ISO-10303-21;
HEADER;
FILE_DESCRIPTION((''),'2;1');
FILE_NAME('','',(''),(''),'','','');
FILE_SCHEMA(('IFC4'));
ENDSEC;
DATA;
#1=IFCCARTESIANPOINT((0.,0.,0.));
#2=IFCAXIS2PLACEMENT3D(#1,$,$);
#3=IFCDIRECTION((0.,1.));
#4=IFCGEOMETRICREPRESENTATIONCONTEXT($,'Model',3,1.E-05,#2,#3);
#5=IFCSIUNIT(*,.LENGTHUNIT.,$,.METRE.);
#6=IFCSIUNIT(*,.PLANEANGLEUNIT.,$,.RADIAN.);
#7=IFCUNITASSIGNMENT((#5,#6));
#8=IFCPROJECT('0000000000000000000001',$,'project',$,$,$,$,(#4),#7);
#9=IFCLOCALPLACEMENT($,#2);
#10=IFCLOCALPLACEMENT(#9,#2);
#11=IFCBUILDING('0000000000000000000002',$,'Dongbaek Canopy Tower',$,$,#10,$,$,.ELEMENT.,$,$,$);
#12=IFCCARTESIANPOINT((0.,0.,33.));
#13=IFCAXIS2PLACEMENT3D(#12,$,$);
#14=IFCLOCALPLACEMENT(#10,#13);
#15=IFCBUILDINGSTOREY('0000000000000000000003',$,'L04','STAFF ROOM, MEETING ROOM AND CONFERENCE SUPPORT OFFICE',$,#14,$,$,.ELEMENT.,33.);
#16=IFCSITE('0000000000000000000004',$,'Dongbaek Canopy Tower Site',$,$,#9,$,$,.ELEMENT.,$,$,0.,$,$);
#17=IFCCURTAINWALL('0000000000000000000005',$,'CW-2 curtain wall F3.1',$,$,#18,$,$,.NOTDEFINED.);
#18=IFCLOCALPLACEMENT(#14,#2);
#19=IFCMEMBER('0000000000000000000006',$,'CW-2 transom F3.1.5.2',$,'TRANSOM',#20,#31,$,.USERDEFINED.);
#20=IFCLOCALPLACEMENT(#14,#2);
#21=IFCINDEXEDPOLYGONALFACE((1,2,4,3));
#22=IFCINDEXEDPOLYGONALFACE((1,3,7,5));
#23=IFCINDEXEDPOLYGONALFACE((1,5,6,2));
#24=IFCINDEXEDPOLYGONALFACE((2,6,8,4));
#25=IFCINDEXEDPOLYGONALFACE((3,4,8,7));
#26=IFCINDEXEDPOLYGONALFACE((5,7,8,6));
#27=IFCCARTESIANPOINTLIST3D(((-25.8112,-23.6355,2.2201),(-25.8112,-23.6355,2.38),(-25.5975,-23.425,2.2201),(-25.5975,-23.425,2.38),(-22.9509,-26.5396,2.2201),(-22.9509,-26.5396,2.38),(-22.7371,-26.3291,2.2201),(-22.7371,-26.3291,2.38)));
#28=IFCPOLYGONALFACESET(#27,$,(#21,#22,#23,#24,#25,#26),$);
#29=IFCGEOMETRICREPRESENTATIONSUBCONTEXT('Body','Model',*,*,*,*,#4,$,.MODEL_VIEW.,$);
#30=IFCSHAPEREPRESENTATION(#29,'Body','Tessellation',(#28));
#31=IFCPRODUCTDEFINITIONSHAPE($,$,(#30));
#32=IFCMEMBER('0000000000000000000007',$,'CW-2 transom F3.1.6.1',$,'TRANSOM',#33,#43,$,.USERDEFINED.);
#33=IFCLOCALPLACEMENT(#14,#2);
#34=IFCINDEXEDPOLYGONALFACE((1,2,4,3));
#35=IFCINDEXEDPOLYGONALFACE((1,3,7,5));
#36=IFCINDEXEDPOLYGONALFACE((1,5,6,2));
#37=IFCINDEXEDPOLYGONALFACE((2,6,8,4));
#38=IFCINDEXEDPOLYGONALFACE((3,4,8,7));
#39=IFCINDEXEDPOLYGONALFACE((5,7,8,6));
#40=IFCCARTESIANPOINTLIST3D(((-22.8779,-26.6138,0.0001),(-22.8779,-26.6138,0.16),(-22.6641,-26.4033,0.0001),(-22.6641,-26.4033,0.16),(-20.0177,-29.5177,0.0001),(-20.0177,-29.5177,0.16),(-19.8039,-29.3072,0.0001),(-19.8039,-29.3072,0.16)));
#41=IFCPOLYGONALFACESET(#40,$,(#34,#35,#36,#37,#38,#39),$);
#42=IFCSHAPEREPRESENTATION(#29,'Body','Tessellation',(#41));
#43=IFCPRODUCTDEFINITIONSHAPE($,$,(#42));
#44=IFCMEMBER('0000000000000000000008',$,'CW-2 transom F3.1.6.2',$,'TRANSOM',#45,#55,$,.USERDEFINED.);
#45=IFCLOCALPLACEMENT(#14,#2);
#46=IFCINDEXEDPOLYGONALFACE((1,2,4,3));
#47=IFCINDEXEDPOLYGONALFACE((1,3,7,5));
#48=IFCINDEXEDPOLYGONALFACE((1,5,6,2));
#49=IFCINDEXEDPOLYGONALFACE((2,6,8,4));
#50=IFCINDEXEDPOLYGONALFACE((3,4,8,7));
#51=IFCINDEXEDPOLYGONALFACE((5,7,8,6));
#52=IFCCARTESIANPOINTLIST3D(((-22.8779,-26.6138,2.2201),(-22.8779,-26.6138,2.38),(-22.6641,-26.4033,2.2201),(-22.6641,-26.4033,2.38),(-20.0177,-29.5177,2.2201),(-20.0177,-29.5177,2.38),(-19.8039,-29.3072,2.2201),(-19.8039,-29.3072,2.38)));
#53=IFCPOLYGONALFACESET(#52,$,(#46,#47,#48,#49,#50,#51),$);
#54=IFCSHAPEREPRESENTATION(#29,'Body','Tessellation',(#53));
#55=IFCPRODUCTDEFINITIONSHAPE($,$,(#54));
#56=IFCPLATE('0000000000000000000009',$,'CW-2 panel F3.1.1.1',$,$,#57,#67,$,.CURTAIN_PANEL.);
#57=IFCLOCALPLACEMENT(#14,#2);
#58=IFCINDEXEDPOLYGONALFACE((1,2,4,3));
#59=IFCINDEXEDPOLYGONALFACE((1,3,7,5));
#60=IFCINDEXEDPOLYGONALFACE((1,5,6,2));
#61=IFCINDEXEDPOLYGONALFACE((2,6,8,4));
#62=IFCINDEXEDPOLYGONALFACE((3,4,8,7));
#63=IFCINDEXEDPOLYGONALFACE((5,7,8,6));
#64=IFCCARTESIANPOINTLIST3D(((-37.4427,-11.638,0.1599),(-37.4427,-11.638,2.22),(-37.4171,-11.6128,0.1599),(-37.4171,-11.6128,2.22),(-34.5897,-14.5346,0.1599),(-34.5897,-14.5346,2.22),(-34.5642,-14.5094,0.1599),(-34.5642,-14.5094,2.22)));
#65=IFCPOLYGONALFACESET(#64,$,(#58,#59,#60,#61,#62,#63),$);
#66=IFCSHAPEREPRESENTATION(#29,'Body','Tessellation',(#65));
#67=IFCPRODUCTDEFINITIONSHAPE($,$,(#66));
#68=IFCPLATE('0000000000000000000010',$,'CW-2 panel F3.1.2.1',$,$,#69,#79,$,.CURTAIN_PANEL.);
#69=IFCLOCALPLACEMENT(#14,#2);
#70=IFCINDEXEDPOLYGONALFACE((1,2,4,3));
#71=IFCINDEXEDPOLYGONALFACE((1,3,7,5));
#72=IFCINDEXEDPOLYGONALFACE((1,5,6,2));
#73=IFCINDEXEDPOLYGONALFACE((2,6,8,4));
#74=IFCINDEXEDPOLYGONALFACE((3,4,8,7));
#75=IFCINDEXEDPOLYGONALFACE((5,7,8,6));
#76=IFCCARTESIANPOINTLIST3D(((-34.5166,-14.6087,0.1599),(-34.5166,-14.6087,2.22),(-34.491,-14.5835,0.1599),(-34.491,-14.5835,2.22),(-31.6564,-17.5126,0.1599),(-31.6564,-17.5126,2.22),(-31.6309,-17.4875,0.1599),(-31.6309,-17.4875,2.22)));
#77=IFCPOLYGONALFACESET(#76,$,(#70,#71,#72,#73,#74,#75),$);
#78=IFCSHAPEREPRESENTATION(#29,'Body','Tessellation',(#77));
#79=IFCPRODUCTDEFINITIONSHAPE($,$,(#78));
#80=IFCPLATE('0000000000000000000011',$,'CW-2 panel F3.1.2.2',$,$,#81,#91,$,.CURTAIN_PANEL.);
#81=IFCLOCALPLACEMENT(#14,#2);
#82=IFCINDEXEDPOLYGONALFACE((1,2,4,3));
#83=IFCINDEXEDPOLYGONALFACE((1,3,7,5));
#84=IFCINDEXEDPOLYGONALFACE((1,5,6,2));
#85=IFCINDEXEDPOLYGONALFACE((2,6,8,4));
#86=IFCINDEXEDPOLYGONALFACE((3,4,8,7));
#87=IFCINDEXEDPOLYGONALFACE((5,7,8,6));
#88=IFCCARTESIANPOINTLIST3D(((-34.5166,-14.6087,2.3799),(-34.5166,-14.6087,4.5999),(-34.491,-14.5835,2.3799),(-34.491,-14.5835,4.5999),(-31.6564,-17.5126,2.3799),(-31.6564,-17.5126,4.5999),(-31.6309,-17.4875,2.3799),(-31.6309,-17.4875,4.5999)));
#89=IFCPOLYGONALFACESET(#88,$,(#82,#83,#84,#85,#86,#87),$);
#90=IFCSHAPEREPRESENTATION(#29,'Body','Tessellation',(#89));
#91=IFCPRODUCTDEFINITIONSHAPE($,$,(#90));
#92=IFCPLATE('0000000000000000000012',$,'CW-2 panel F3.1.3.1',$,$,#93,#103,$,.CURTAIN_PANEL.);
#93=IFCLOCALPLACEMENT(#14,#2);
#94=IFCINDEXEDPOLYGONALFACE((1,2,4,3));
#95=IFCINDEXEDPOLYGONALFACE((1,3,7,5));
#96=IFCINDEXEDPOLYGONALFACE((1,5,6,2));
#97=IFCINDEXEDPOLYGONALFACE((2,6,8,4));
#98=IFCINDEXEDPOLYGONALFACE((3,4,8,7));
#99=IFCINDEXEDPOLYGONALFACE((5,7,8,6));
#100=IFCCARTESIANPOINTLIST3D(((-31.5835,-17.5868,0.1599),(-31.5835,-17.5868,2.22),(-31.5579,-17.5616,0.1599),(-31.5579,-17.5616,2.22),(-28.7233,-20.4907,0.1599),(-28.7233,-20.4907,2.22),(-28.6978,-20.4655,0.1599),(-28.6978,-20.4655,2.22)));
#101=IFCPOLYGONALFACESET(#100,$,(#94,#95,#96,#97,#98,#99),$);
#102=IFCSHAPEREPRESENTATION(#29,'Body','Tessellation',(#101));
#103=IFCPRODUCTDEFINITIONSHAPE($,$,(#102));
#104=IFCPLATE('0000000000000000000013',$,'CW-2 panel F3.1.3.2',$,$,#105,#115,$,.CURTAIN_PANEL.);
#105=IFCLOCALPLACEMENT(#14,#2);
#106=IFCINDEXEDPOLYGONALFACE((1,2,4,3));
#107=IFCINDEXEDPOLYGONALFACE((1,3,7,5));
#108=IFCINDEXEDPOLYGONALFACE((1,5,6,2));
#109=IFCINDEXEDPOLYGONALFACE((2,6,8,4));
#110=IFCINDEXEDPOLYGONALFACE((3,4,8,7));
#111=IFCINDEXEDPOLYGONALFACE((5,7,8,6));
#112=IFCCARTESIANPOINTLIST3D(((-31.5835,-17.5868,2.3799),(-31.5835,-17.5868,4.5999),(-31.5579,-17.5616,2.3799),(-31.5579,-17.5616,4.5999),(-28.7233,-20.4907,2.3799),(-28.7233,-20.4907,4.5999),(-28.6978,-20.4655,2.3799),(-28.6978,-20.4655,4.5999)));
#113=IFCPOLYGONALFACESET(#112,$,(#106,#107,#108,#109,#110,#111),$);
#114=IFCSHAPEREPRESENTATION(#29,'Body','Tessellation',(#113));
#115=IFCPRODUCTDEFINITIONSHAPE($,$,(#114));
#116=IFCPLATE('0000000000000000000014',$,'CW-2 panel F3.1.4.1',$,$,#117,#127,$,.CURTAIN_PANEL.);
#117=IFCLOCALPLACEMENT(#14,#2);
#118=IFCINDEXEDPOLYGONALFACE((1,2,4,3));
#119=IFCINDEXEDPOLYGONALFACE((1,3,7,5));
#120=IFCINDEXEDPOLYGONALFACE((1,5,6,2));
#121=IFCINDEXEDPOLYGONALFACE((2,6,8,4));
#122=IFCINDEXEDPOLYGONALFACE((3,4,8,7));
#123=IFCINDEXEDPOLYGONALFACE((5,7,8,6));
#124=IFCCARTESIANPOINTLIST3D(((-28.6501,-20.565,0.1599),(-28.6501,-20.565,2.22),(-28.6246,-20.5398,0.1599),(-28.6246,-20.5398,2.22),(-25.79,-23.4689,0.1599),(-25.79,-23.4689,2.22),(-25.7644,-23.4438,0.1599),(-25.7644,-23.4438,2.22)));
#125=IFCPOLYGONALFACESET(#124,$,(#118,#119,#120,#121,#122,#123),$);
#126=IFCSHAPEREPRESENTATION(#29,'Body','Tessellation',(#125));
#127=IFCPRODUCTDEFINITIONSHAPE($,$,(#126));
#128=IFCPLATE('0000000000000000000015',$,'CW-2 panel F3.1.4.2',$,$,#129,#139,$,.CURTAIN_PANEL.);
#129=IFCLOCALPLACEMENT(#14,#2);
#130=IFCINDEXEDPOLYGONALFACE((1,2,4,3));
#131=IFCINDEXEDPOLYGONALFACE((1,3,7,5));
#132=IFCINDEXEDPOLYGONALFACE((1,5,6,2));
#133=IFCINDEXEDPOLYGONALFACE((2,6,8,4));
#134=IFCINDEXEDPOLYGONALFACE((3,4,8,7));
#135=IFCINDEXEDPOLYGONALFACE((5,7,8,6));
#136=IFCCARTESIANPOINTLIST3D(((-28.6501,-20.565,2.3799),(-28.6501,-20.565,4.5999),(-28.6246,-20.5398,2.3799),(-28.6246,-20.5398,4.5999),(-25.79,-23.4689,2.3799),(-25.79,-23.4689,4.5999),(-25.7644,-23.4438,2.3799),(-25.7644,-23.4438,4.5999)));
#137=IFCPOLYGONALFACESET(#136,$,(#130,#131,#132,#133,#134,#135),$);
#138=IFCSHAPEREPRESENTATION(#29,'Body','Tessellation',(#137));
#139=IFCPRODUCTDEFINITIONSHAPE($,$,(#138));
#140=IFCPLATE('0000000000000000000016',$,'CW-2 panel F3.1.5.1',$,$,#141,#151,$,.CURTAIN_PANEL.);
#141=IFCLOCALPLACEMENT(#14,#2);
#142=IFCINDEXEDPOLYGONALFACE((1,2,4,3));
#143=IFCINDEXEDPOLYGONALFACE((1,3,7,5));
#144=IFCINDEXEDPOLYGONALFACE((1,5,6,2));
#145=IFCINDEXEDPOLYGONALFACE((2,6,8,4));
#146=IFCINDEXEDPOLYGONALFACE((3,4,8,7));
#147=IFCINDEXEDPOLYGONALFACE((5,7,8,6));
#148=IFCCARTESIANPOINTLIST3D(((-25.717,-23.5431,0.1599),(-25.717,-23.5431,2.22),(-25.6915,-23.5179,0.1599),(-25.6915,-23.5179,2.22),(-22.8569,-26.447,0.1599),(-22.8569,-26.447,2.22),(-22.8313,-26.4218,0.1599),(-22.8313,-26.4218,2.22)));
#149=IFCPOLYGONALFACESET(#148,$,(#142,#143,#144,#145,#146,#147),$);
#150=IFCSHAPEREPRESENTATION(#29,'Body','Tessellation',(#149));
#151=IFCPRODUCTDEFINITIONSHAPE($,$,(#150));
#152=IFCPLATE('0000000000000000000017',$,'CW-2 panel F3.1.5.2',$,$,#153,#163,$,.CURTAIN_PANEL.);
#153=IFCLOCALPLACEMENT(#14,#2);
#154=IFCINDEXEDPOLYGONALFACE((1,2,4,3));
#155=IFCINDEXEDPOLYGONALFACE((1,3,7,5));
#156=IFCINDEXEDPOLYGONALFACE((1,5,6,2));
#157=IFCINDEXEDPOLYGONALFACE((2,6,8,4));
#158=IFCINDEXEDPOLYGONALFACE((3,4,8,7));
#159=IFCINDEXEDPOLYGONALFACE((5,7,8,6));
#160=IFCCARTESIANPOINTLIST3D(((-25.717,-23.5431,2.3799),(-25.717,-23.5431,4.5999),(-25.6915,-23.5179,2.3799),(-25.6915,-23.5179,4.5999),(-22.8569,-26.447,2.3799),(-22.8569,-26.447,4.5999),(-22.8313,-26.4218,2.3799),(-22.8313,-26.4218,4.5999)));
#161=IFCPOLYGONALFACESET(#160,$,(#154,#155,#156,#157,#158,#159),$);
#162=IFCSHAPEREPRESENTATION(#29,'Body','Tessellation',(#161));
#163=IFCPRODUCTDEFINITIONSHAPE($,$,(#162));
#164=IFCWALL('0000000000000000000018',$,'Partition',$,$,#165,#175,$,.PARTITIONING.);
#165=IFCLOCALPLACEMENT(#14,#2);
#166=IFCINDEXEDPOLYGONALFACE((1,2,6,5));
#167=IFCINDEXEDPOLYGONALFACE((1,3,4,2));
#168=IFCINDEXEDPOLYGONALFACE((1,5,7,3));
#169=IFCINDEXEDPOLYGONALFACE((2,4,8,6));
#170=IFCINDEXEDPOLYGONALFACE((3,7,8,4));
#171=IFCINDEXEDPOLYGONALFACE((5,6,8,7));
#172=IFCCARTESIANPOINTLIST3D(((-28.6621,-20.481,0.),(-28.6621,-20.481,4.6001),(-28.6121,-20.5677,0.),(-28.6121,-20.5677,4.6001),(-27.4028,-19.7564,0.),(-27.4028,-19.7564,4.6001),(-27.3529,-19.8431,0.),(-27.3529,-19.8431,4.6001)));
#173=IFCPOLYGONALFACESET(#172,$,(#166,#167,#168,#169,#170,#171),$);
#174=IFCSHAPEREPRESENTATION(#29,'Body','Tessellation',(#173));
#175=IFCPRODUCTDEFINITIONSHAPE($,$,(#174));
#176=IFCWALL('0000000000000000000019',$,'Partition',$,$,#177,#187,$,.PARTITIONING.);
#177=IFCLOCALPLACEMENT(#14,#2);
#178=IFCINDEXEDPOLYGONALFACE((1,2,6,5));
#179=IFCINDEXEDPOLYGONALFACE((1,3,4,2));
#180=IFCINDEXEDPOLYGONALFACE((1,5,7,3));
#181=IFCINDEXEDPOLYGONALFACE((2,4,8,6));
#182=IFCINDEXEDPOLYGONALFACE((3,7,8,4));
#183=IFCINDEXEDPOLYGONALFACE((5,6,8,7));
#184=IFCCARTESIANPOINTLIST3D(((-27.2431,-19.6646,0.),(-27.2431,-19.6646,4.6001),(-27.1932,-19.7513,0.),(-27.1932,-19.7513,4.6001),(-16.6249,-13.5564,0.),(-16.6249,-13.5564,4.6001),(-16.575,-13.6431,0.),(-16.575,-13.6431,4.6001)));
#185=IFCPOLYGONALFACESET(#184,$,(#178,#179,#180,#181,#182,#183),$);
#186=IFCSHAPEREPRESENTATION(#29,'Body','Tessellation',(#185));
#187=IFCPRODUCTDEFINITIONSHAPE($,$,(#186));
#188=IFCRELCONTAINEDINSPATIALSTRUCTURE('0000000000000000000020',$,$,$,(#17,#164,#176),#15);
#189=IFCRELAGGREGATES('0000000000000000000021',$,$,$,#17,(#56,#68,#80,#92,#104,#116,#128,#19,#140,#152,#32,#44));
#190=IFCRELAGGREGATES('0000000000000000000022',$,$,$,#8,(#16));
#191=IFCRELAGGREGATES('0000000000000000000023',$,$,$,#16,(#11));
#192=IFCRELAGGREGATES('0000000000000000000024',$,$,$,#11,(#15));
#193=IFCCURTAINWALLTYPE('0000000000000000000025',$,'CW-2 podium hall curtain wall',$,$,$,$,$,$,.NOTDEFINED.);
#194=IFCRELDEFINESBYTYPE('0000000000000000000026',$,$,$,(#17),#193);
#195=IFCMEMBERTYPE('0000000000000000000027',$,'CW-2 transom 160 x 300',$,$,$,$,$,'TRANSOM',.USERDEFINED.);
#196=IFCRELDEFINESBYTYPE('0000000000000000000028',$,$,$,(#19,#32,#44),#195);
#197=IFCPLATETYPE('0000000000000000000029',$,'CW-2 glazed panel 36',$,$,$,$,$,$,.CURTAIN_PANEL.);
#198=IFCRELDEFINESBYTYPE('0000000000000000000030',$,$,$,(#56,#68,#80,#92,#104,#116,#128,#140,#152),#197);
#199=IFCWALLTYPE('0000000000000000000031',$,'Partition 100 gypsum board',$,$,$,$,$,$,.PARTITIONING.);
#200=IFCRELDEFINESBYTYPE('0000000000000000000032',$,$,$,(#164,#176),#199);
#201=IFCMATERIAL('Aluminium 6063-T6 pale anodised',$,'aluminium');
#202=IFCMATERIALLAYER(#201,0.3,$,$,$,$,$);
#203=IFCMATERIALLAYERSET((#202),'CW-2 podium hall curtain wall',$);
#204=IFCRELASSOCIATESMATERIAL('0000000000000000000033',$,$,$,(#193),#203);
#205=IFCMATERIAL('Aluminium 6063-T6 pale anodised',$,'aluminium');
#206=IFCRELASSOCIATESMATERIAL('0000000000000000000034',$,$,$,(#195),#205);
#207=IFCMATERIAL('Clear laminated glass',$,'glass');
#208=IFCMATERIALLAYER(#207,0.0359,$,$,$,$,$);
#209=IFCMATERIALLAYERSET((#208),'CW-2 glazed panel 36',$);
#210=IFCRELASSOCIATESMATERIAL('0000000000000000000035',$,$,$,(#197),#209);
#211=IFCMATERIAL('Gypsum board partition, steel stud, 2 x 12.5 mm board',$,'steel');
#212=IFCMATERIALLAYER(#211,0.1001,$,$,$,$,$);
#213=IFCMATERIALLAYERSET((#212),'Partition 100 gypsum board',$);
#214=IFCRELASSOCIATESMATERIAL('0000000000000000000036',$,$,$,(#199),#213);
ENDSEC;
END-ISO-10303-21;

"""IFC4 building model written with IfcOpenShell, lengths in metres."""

from ifc_helpers import new_model, si_unit, direction, frame, frame_2d, origin, origin_2d, place, context, subcontext, project, spatial, rectangle, extrude, material, layer, layer_set, material_profile, profile_set, type_object, element, aggregate, save


model = new_model("IFC4")

# Units and contexts
model_context = context("Model", 3, precision=1e-05, world=origin(), true_north=direction((0.0, 1.0)))
body_context = subcontext(model_context, "Body", "Model", "MODEL_VIEW")
ifc_project = project(units=[si_unit("LENGTHUNIT", "METRE"), si_unit("PLANEANGLEUNIT", "RADIAN")], contexts=[model_context])

# Site, building, storey
site_placement = place(None, origin())
site = spatial("IfcSite", under=ifc_project, at=site_placement, Name="Dongbaek Canopy Tower Site", CompositionType="ELEMENT", RefElevation=0.0)
building_placement = place(site_placement, origin())
building = spatial("IfcBuilding", under=site, at=building_placement, Name="Dongbaek Canopy Tower", CompositionType="ELEMENT")
storey_placement = place(building_placement, frame((0.0, 0.0, 33.0)))
storey = spatial("IfcBuildingStorey", under=building, at=storey_placement, Name="L04", Description="STAFF ROOM, MEETING ROOM AND CONFERENCE SUPPORT OFFICE", CompositionType="ELEMENT", Elevation=33.0)

# Curtain wall, members, plates
ifc_material_1 = material(Name="Aluminium 6063-T6 pale anodised", Category="aluminium")
ifc_layer_1 = layer(ifc_material_1, 0.3)
ifc_layer_set_1 = layer_set([ifc_layer_1], Name="CW-2 podium hall curtain wall")
curtain_wall_type = type_object("IfcCurtainWallType", Name="CW-2 podium hall curtain wall", PredefinedType="NOTDEFINED", material=ifc_layer_set_1)
curtain_wall_placement = place(storey_placement, origin())
curtain_wall = element("IfcCurtainWall", 1, at=curtain_wall_placement, inside=storey, type_object=curtain_wall_type, Name="CW-2 curtain wall F3.1", PredefinedType="NOTDEFINED")
ifc_material_2 = material(Name="Aluminium 6063-T6 pale anodised", Category="aluminium")
ifc_material_profile_1 = material_profile(ifc_material_2, rectangle(XDim=0.3, YDim=0.1599, at=origin_2d()), Name="CW-2 transom 160 x 300")
ifc_profile_set_1 = profile_set([ifc_material_profile_1], Name="Aluminium 6063-T6 pale anodised")
member_type_1 = type_object("IfcMemberType", Name="CW-2 transom 160 x 300", ElementType="TRANSOM", PredefinedType="USERDEFINED", material=ifc_profile_set_1)
member_1_placement = place(storey_placement, frame((-25.7043, -23.5303, 2.3), z_axis=(0.701726, -0.712447, 0.0), x_axis=(0.712447, 0.701726, 0.0)))
member_1 = element("IfcMember", 2, at=member_1_placement, type_object=member_type_1, Name="CW-2 transom F3.1.5.2", ObjectType="TRANSOM", PredefinedType="USERDEFINED", context=body_context, shape_type="SweptSolid", body=[
    extrude(rectangle(XDim=0.3, YDim=0.1599, at=origin_2d()), origin(), (0.0, 0.0, 1.0), 4.0762),
])
member_2_placement = place(storey_placement, frame((-22.771, -26.5085, 0.0801), z_axis=(0.701725, -0.712447, 0.0), x_axis=(0.712447, 0.701725, 0.0)))
member_2 = element("IfcMember", 3, at=member_2_placement, type_object=member_type_1, Name="CW-2 transom F3.1.6.1", ObjectType="TRANSOM", PredefinedType="USERDEFINED", context=body_context, shape_type="SweptSolid", body=[
    extrude(rectangle(XDim=0.3, YDim=0.1599, at=origin_2d()), origin(), (0.0, 0.0, 1.0), 4.0759),
])
member_3_placement = place(storey_placement, frame((-22.771, -26.5085, 2.3), z_axis=(0.701725, -0.712447, 0.0), x_axis=(0.712447, 0.701725, 0.0)))
member_3 = element("IfcMember", 4, at=member_3_placement, type_object=member_type_1, Name="CW-2 transom F3.1.6.2", ObjectType="TRANSOM", PredefinedType="USERDEFINED", context=body_context, shape_type="SweptSolid", body=[
    extrude(rectangle(XDim=0.3, YDim=0.1599, at=origin_2d()), origin(), (0.0, 0.0, 1.0), 4.0759),
])
ifc_material_3 = material(Name="Clear laminated glass", Category="glass")
ifc_layer_2 = layer(ifc_material_3, 0.0359)
ifc_layer_set_2 = layer_set([ifc_layer_2], Name="CW-2 glazed panel 36")
plate_type = type_object("IfcPlateType", Name="CW-2 glazed panel 36", PredefinedType="CURTAIN_PANEL", material=ifc_layer_set_2)
plate_1_placement = place(storey_placement, frame((-36.0034, -13.0737, 0.1599), z_axis=(0.0, 0.0, 1.0), x_axis=(0.701718, -0.712455, 0.0)))
plate_1 = element("IfcPlate", 5, at=plate_1_placement, type_object=plate_type, Name="CW-2 panel F3.1.1.1", PredefinedType="CURTAIN_PANEL", context=body_context, shape_type="SweptSolid", body=[
    extrude(rectangle(XDim=4.0657, YDim=0.0359, at=origin_2d()), origin(), (0.0, 0.0, 1.0), 2.0601),
])
plate_2_placement = place(storey_placement, frame((-33.0737, -16.0481, 0.1599), z_axis=(0.0, 0.0, 1.0), x_axis=(0.701718, -0.712455, 0.0)))
plate_2 = element("IfcPlate", 6, at=plate_2_placement, type_object=plate_type, Name="CW-2 panel F3.1.2.1", PredefinedType="CURTAIN_PANEL", context=body_context, shape_type="SweptSolid", body=[
    extrude(rectangle(XDim=4.0759, YDim=0.0359, at=origin_2d()), origin(), (0.0, 0.0, 1.0), 2.0601),
])
plate_3_placement = place(storey_placement, frame((-33.0737, -16.0481, 2.3799), z_axis=(0.0, 0.0, 1.0), x_axis=(0.701718, -0.712455, 0.0)))
plate_3 = element("IfcPlate", 7, at=plate_3_placement, type_object=plate_type, Name="CW-2 panel F3.1.2.2", PredefinedType="CURTAIN_PANEL", context=body_context, shape_type="SweptSolid", body=[
    extrude(rectangle(XDim=4.0759, YDim=0.0359, at=origin_2d()), origin(), (0.0, 0.0, 1.0), 2.22),
])
plate_4_placement = place(storey_placement, frame((-30.1406, -19.0261, 0.1599), z_axis=(0.0, 0.0, 1.0), x_axis=(0.701718, -0.712455, 0.0)))
plate_4 = element("IfcPlate", 8, at=plate_4_placement, type_object=plate_type, Name="CW-2 panel F3.1.3.1", PredefinedType="CURTAIN_PANEL", context=body_context, shape_type="SweptSolid", body=[
    extrude(rectangle(XDim=4.0759, YDim=0.0359, at=origin_2d()), origin(), (0.0, 0.0, 1.0), 2.0601),
])
plate_5_placement = place(storey_placement, frame((-30.1406, -19.0261, 2.3799), z_axis=(0.0, 0.0, 1.0), x_axis=(0.701718, -0.712455, 0.0)))
plate_5 = element("IfcPlate", 9, at=plate_5_placement, type_object=plate_type, Name="CW-2 panel F3.1.3.2", PredefinedType="CURTAIN_PANEL", context=body_context, shape_type="SweptSolid", body=[
    extrude(rectangle(XDim=4.0759, YDim=0.0359, at=origin_2d()), origin(), (0.0, 0.0, 1.0), 2.22),
])
plate_6_placement = place(storey_placement, frame((-27.2073, -22.0044, 0.1599), z_axis=(0.0, 0.0, 1.0), x_axis=(0.701718, -0.712455, 0.0)))
plate_6 = element("IfcPlate", 10, at=plate_6_placement, type_object=plate_type, Name="CW-2 panel F3.1.4.1", PredefinedType="CURTAIN_PANEL", context=body_context, shape_type="SweptSolid", body=[
    extrude(rectangle(XDim=4.0759, YDim=0.0359, at=origin_2d()), origin(), (0.0, 0.0, 1.0), 2.0601),
])
plate_7_placement = place(storey_placement, frame((-27.2073, -22.0044, 2.3799), z_axis=(0.0, 0.0, 1.0), x_axis=(0.701718, -0.712455, 0.0)))
plate_7 = element("IfcPlate", 11, at=plate_7_placement, type_object=plate_type, Name="CW-2 panel F3.1.4.2", PredefinedType="CURTAIN_PANEL", context=body_context, shape_type="SweptSolid", body=[
    extrude(rectangle(XDim=4.0759, YDim=0.0359, at=origin_2d()), origin(), (0.0, 0.0, 1.0), 2.22),
])
plate_8_placement = place(storey_placement, frame((-24.2742, -24.9824, 0.1599), z_axis=(0.0, 0.0, 1.0), x_axis=(0.701718, -0.712455, 0.0)))
plate_8 = element("IfcPlate", 12, at=plate_8_placement, type_object=plate_type, Name="CW-2 panel F3.1.5.1", PredefinedType="CURTAIN_PANEL", context=body_context, shape_type="SweptSolid", body=[
    extrude(rectangle(XDim=4.0759, YDim=0.0359, at=origin_2d()), origin(), (0.0, 0.0, 1.0), 2.0601),
])
plate_9_placement = place(storey_placement, frame((-24.2742, -24.9824, 2.3799), z_axis=(0.0, 0.0, 1.0), x_axis=(0.701718, -0.712455, 0.0)))
plate_9 = element("IfcPlate", 13, at=plate_9_placement, type_object=plate_type, Name="CW-2 panel F3.1.5.2", PredefinedType="CURTAIN_PANEL", context=body_context, shape_type="SweptSolid", body=[
    extrude(rectangle(XDim=4.0759, YDim=0.0359, at=origin_2d()), origin(), (0.0, 0.0, 1.0), 2.22),
])
aggregate(curtain_wall, [plate_1, plate_2, plate_3, plate_4, plate_5, plate_6, plate_7, member_1, plate_8, plate_9, member_2, member_3])

# Walls
ifc_material_4 = material(Name="Gypsum board partition, steel stud, 2 x 12.5 mm board", Category="steel")
ifc_layer_3 = layer(ifc_material_4, 0.1001)
ifc_layer_set_3 = layer_set([ifc_layer_3], Name="Partition 100 gypsum board")
wall_type = type_object("IfcWallType", Name="Partition 100 gypsum board", PredefinedType="PARTITIONING", material=ifc_layer_set_3)
wall_1_placement = place(storey_placement, frame((-28.6372, -20.5244, 0.0), z_axis=(0.0, 0.0, 1.0), x_axis=(0.86675, 0.498743, 0.0)))
element("IfcWall", 14, at=wall_1_placement, inside=storey, type_object=wall_type, Name="Partition", PredefinedType="PARTITIONING", context=body_context, shape_type="SweptSolid", body=[
    extrude(rectangle(XDim=1.4529, YDim=0.1001, at=frame_2d((0.7266, 0.0))), origin(), (0.0, 0.0, 1.0), 4.6001),
])
wall_2_placement = place(storey_placement, frame((-27.2183, -19.708, 0.0), z_axis=(0.0, 0.0, 1.0), x_axis=(0.866811, 0.498637, 0.0)))
element("IfcWall", 15, at=wall_2_placement, inside=storey, type_object=wall_type, Name="Partition", PredefinedType="PARTITIONING", context=body_context, shape_type="SweptSolid", body=[
    extrude(rectangle(XDim=12.2498, YDim=0.1001, at=frame_2d((6.125, 0.0))), origin(), (0.0, 0.0, 1.0), 4.6001),
])

save(model, "model.ifc")
